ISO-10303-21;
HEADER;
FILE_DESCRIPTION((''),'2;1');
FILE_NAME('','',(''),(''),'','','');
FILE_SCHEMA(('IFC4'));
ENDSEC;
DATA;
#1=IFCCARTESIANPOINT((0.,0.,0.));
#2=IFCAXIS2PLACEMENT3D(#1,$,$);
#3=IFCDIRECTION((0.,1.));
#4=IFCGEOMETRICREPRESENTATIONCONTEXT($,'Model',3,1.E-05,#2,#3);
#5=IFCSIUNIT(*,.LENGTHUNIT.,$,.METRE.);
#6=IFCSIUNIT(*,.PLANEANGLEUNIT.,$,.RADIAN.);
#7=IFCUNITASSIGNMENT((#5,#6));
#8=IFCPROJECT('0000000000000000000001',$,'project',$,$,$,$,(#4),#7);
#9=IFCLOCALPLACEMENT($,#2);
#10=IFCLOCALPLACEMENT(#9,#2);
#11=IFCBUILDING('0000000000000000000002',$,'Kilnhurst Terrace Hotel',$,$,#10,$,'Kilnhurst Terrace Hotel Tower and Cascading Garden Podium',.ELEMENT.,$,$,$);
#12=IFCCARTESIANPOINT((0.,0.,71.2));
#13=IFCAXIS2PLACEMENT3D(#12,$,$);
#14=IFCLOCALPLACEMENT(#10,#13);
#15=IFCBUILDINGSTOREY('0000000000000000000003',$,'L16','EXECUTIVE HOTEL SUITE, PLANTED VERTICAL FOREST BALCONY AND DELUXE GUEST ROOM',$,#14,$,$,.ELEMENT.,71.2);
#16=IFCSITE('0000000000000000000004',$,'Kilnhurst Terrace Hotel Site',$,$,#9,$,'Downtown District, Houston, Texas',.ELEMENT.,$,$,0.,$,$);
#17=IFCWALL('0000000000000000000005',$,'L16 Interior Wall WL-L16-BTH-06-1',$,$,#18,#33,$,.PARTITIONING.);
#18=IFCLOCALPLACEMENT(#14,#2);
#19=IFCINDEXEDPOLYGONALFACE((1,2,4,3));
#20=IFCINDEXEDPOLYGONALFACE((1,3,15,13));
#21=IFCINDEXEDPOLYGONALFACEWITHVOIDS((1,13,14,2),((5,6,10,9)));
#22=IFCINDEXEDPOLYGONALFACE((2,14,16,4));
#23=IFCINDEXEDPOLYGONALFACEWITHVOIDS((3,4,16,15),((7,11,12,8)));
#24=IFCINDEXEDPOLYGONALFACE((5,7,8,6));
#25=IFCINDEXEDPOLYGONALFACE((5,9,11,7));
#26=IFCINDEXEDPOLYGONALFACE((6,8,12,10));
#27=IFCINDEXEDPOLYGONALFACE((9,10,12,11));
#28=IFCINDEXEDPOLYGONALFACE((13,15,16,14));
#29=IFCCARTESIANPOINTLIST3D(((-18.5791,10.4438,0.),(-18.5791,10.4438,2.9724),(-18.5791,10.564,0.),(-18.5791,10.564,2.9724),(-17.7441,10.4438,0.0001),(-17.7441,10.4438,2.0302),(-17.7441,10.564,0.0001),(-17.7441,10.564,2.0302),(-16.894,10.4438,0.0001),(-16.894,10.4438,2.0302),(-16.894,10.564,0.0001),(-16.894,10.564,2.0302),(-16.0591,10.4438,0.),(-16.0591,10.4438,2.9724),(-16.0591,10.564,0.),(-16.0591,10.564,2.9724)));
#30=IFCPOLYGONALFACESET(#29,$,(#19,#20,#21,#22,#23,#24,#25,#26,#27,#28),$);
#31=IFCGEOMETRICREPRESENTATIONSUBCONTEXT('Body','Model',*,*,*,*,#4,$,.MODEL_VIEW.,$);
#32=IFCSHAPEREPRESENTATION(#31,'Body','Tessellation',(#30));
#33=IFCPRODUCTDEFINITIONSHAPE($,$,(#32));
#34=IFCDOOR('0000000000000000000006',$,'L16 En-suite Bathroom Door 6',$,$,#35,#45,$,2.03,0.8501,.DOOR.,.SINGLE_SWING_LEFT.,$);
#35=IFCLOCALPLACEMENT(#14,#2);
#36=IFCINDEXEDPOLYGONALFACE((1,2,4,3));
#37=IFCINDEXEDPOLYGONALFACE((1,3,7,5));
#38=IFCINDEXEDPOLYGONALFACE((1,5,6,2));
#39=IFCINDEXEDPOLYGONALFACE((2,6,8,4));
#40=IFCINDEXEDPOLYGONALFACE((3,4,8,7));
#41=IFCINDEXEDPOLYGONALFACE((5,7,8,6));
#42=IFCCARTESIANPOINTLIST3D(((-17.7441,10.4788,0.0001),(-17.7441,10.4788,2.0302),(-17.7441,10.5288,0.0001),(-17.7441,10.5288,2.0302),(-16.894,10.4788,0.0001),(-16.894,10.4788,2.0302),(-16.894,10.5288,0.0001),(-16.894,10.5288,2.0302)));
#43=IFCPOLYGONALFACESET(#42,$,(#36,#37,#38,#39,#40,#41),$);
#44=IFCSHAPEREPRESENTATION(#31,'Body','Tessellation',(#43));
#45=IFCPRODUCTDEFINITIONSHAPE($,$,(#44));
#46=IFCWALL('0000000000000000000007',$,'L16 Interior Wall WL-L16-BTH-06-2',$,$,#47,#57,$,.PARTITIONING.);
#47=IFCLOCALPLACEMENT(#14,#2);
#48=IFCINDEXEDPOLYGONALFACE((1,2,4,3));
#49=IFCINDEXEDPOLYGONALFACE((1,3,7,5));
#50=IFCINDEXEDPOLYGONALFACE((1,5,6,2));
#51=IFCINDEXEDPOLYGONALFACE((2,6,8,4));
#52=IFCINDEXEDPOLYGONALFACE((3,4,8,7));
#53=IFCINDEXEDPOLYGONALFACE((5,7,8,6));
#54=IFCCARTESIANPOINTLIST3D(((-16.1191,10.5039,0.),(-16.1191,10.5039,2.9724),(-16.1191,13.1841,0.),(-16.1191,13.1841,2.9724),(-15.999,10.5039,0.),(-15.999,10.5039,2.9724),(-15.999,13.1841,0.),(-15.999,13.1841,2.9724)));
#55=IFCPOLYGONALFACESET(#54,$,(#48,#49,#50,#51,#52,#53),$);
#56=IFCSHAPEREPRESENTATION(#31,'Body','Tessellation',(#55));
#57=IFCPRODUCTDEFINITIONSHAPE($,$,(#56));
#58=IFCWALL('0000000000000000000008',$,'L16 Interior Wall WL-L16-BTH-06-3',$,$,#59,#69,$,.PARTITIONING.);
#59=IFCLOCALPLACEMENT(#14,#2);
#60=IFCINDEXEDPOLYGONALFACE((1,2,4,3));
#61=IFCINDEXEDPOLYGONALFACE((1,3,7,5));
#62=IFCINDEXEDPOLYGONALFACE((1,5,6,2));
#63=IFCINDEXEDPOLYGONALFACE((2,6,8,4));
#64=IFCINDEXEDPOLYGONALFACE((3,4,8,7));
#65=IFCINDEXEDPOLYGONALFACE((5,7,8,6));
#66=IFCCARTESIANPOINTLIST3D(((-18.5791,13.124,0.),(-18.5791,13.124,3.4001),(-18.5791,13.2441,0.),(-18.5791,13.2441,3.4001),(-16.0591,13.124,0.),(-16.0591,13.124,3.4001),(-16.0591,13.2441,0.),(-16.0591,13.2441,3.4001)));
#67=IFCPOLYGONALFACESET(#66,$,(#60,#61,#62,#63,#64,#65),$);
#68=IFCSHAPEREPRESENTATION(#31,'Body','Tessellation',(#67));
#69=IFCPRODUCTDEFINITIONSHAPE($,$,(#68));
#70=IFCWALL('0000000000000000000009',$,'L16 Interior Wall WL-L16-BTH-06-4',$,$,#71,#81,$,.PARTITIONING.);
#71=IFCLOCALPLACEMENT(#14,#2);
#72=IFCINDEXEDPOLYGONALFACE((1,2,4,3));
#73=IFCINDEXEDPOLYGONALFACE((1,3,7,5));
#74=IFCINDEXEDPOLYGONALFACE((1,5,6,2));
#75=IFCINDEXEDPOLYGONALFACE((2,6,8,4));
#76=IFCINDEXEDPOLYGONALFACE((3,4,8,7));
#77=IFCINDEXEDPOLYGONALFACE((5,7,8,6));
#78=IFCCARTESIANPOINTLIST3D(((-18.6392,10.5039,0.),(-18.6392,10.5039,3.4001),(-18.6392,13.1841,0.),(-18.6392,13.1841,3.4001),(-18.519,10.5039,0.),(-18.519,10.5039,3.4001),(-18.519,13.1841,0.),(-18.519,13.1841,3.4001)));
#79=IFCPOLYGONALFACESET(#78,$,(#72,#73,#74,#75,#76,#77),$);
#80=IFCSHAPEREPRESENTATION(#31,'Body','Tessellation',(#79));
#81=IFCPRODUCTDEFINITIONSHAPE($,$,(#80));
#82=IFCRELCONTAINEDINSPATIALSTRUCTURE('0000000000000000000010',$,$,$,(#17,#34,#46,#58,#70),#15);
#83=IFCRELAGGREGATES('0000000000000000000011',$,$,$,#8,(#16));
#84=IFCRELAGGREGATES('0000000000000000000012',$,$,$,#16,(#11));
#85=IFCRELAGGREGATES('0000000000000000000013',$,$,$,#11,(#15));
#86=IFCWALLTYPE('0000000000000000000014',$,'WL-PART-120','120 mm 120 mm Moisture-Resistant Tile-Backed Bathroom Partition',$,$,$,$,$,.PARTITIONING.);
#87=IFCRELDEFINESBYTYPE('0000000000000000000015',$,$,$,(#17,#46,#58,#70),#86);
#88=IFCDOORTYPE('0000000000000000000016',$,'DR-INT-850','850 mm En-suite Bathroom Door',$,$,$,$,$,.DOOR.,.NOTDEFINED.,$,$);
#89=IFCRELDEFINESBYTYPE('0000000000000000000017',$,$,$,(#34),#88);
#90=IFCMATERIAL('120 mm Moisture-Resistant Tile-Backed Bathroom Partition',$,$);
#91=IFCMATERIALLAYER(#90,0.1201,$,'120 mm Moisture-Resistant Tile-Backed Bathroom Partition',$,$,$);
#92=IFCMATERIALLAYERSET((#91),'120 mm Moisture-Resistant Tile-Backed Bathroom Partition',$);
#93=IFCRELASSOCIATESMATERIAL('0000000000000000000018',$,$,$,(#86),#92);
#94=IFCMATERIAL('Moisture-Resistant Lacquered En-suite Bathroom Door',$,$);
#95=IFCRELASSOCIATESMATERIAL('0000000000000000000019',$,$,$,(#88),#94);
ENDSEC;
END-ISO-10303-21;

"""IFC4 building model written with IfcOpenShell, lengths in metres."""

from ifc_helpers import new_model, si_unit, direction, frame, frame_2d, origin, place, context, subcontext, project, spatial, rectangle, extrude, material, layer, layer_set, type_object, element, fill, save


model = new_model("IFC4")

# Units and contexts
model_context = context("Model", 3, precision=1e-05, world=origin(), true_north=direction((0.0, 1.0)))
body_context = subcontext(model_context, "Body", "Model", "MODEL_VIEW")
ifc_project = project(units=[si_unit("LENGTHUNIT", "METRE"), si_unit("PLANEANGLEUNIT", "RADIAN")], contexts=[model_context])

# Site, building, storey
site_placement = place(None, origin())
site = spatial("IfcSite", under=ifc_project, at=site_placement, Name="Kilnhurst Terrace Hotel Site", LongName="Downtown District, Houston, Texas", CompositionType="ELEMENT", RefElevation=0.0)
building_placement = place(site_placement, origin())
building = spatial("IfcBuilding", under=site, at=building_placement, Name="Kilnhurst Terrace Hotel", LongName="Kilnhurst Terrace Hotel Tower and Cascading Garden Podium", CompositionType="ELEMENT")
storey_placement = place(building_placement, frame((0.0, 0.0, 71.2)))
storey = spatial("IfcBuildingStorey", under=building, at=storey_placement, Name="L16", Description="EXECUTIVE HOTEL SUITE, PLANTED VERTICAL FOREST BALCONY AND DELUXE GUEST ROOM", CompositionType="ELEMENT", Elevation=71.2)

# Wall, opening, door
ifc_material_1 = material(Name="120 mm Moisture-Resistant Tile-Backed Bathroom Partition")
ifc_layer_1 = layer(ifc_material_1, 0.1201, Name="120 mm Moisture-Resistant Tile-Backed Bathroom Partition")
ifc_layer_set_1 = layer_set([ifc_layer_1], Name="120 mm Moisture-Resistant Tile-Backed Bathroom Partition")
wall_type_1 = type_object("IfcWallType", Name="WL-PART-120", Description="120 mm 120 mm Moisture-Resistant Tile-Backed Bathroom Partition", PredefinedType="PARTITIONING", material=ifc_layer_set_1)
ifc_material_2 = material(Name="Moisture-Resistant Lacquered En-suite Bathroom Door")
door_type_1 = type_object("IfcDoorType", Name="DR-INT-850", Description="850 mm En-suite Bathroom Door", OperationType="NOTDEFINED", PredefinedType="DOOR", material=ifc_material_2)
wall_1_placement = place(storey_placement, frame((-18.5791, 10.5039, 0.0), z_axis=(0.0, 0.0, 1.0), x_axis=(1.0, 0.0, 0.0)))
wall_1 = element("IfcWall", 1, at=wall_1_placement, inside=storey, type_object=wall_type_1, Name="L16 Interior Wall WL-L16-BTH-06-1", PredefinedType="PARTITIONING", context=body_context, shape_type="SweptSolid", body=[
    extrude(rectangle(XDim=2.52, YDim=0.1201, at=frame_2d((1.26, 0.0))), origin(), (0.0, 0.0, 1.0), 2.9724),
])
opening_1_placement = place(wall_1_placement, frame((0.835, 0.0, 0.0)))
opening_1 = element("IfcOpeningElement", 2, at=opening_1_placement, cuts=wall_1, PredefinedType="OPENING", context=body_context, shape_type="SweptSolid", body=[
    extrude(rectangle(XDim=0.8501, YDim=2.03, at=frame_2d((0.425, 1.0151))), frame((0.0, 0.0701, 0.0), z_axis=(0.0, -1.0, 0.0), x_axis=(1.0, 0.0, 0.0)), (0.0, 0.0, 1.0), 0.1401),
])
door_1_placement = place(opening_1_placement, origin())
door_1 = element("IfcDoor", 3, at=door_1_placement, inside=storey, type_object=door_type_1, Name="L16 En-suite Bathroom Door 6", OperationType="SINGLE_SWING_LEFT", OverallHeight=2.03, OverallWidth=0.8501, PredefinedType="DOOR", context=body_context, shape_type="SweptSolid", body=[
    extrude(rectangle(XDim=0.8501, YDim=2.03, at=frame_2d((0.425, 1.0151))), frame((0.0, 0.0249, 0.0), z_axis=(0.0, -1.0, 0.0), x_axis=(1.0, 0.0, 0.0)), (0.0, 0.0, 1.0), 0.05),
])
fill(opening_1, door_1)

# Walls
wall_2_placement = place(storey_placement, frame((-16.0591, 10.5039, 0.0), z_axis=(0.0, 0.0, 1.0), x_axis=(0.0, 1.0, 0.0)))
element("IfcWall", 4, at=wall_2_placement, inside=storey, type_object=wall_type_1, Name="L16 Interior Wall WL-L16-BTH-06-2", PredefinedType="PARTITIONING", context=body_context, shape_type="SweptSolid", body=[
    extrude(rectangle(XDim=2.6802, YDim=0.1201, at=frame_2d((1.3401, 0.0))), origin(), (0.0, 0.0, 1.0), 2.9724),
])
wall_3_placement = place(storey_placement, frame((-16.0591, 13.1841, 0.0), z_axis=(0.0, 0.0, 1.0), x_axis=(-1.0, 0.0, 0.0)))
element("IfcWall", 5, at=wall_3_placement, inside=storey, type_object=wall_type_1, Name="L16 Interior Wall WL-L16-BTH-06-3", PredefinedType="PARTITIONING", context=body_context, shape_type="SweptSolid", body=[
    extrude(rectangle(XDim=2.52, YDim=0.1201, at=frame_2d((1.26, 0.0))), origin(), (0.0, 0.0, 1.0), 3.4001),
])
wall_4_placement = place(storey_placement, frame((-18.5791, 13.1841, 0.0), z_axis=(0.0, 0.0, 1.0), x_axis=(0.0, -1.0, 0.0)))
element("IfcWall", 6, at=wall_4_placement, inside=storey, type_object=wall_type_1, Name="L16 Interior Wall WL-L16-BTH-06-4", PredefinedType="PARTITIONING", context=body_context, shape_type="SweptSolid", body=[
    extrude(rectangle(XDim=2.6802, YDim=0.1201, at=frame_2d((1.3401, 0.0))), origin(), (0.0, 0.0, 1.0), 3.4001),
])

save(model, "model.ifc")
